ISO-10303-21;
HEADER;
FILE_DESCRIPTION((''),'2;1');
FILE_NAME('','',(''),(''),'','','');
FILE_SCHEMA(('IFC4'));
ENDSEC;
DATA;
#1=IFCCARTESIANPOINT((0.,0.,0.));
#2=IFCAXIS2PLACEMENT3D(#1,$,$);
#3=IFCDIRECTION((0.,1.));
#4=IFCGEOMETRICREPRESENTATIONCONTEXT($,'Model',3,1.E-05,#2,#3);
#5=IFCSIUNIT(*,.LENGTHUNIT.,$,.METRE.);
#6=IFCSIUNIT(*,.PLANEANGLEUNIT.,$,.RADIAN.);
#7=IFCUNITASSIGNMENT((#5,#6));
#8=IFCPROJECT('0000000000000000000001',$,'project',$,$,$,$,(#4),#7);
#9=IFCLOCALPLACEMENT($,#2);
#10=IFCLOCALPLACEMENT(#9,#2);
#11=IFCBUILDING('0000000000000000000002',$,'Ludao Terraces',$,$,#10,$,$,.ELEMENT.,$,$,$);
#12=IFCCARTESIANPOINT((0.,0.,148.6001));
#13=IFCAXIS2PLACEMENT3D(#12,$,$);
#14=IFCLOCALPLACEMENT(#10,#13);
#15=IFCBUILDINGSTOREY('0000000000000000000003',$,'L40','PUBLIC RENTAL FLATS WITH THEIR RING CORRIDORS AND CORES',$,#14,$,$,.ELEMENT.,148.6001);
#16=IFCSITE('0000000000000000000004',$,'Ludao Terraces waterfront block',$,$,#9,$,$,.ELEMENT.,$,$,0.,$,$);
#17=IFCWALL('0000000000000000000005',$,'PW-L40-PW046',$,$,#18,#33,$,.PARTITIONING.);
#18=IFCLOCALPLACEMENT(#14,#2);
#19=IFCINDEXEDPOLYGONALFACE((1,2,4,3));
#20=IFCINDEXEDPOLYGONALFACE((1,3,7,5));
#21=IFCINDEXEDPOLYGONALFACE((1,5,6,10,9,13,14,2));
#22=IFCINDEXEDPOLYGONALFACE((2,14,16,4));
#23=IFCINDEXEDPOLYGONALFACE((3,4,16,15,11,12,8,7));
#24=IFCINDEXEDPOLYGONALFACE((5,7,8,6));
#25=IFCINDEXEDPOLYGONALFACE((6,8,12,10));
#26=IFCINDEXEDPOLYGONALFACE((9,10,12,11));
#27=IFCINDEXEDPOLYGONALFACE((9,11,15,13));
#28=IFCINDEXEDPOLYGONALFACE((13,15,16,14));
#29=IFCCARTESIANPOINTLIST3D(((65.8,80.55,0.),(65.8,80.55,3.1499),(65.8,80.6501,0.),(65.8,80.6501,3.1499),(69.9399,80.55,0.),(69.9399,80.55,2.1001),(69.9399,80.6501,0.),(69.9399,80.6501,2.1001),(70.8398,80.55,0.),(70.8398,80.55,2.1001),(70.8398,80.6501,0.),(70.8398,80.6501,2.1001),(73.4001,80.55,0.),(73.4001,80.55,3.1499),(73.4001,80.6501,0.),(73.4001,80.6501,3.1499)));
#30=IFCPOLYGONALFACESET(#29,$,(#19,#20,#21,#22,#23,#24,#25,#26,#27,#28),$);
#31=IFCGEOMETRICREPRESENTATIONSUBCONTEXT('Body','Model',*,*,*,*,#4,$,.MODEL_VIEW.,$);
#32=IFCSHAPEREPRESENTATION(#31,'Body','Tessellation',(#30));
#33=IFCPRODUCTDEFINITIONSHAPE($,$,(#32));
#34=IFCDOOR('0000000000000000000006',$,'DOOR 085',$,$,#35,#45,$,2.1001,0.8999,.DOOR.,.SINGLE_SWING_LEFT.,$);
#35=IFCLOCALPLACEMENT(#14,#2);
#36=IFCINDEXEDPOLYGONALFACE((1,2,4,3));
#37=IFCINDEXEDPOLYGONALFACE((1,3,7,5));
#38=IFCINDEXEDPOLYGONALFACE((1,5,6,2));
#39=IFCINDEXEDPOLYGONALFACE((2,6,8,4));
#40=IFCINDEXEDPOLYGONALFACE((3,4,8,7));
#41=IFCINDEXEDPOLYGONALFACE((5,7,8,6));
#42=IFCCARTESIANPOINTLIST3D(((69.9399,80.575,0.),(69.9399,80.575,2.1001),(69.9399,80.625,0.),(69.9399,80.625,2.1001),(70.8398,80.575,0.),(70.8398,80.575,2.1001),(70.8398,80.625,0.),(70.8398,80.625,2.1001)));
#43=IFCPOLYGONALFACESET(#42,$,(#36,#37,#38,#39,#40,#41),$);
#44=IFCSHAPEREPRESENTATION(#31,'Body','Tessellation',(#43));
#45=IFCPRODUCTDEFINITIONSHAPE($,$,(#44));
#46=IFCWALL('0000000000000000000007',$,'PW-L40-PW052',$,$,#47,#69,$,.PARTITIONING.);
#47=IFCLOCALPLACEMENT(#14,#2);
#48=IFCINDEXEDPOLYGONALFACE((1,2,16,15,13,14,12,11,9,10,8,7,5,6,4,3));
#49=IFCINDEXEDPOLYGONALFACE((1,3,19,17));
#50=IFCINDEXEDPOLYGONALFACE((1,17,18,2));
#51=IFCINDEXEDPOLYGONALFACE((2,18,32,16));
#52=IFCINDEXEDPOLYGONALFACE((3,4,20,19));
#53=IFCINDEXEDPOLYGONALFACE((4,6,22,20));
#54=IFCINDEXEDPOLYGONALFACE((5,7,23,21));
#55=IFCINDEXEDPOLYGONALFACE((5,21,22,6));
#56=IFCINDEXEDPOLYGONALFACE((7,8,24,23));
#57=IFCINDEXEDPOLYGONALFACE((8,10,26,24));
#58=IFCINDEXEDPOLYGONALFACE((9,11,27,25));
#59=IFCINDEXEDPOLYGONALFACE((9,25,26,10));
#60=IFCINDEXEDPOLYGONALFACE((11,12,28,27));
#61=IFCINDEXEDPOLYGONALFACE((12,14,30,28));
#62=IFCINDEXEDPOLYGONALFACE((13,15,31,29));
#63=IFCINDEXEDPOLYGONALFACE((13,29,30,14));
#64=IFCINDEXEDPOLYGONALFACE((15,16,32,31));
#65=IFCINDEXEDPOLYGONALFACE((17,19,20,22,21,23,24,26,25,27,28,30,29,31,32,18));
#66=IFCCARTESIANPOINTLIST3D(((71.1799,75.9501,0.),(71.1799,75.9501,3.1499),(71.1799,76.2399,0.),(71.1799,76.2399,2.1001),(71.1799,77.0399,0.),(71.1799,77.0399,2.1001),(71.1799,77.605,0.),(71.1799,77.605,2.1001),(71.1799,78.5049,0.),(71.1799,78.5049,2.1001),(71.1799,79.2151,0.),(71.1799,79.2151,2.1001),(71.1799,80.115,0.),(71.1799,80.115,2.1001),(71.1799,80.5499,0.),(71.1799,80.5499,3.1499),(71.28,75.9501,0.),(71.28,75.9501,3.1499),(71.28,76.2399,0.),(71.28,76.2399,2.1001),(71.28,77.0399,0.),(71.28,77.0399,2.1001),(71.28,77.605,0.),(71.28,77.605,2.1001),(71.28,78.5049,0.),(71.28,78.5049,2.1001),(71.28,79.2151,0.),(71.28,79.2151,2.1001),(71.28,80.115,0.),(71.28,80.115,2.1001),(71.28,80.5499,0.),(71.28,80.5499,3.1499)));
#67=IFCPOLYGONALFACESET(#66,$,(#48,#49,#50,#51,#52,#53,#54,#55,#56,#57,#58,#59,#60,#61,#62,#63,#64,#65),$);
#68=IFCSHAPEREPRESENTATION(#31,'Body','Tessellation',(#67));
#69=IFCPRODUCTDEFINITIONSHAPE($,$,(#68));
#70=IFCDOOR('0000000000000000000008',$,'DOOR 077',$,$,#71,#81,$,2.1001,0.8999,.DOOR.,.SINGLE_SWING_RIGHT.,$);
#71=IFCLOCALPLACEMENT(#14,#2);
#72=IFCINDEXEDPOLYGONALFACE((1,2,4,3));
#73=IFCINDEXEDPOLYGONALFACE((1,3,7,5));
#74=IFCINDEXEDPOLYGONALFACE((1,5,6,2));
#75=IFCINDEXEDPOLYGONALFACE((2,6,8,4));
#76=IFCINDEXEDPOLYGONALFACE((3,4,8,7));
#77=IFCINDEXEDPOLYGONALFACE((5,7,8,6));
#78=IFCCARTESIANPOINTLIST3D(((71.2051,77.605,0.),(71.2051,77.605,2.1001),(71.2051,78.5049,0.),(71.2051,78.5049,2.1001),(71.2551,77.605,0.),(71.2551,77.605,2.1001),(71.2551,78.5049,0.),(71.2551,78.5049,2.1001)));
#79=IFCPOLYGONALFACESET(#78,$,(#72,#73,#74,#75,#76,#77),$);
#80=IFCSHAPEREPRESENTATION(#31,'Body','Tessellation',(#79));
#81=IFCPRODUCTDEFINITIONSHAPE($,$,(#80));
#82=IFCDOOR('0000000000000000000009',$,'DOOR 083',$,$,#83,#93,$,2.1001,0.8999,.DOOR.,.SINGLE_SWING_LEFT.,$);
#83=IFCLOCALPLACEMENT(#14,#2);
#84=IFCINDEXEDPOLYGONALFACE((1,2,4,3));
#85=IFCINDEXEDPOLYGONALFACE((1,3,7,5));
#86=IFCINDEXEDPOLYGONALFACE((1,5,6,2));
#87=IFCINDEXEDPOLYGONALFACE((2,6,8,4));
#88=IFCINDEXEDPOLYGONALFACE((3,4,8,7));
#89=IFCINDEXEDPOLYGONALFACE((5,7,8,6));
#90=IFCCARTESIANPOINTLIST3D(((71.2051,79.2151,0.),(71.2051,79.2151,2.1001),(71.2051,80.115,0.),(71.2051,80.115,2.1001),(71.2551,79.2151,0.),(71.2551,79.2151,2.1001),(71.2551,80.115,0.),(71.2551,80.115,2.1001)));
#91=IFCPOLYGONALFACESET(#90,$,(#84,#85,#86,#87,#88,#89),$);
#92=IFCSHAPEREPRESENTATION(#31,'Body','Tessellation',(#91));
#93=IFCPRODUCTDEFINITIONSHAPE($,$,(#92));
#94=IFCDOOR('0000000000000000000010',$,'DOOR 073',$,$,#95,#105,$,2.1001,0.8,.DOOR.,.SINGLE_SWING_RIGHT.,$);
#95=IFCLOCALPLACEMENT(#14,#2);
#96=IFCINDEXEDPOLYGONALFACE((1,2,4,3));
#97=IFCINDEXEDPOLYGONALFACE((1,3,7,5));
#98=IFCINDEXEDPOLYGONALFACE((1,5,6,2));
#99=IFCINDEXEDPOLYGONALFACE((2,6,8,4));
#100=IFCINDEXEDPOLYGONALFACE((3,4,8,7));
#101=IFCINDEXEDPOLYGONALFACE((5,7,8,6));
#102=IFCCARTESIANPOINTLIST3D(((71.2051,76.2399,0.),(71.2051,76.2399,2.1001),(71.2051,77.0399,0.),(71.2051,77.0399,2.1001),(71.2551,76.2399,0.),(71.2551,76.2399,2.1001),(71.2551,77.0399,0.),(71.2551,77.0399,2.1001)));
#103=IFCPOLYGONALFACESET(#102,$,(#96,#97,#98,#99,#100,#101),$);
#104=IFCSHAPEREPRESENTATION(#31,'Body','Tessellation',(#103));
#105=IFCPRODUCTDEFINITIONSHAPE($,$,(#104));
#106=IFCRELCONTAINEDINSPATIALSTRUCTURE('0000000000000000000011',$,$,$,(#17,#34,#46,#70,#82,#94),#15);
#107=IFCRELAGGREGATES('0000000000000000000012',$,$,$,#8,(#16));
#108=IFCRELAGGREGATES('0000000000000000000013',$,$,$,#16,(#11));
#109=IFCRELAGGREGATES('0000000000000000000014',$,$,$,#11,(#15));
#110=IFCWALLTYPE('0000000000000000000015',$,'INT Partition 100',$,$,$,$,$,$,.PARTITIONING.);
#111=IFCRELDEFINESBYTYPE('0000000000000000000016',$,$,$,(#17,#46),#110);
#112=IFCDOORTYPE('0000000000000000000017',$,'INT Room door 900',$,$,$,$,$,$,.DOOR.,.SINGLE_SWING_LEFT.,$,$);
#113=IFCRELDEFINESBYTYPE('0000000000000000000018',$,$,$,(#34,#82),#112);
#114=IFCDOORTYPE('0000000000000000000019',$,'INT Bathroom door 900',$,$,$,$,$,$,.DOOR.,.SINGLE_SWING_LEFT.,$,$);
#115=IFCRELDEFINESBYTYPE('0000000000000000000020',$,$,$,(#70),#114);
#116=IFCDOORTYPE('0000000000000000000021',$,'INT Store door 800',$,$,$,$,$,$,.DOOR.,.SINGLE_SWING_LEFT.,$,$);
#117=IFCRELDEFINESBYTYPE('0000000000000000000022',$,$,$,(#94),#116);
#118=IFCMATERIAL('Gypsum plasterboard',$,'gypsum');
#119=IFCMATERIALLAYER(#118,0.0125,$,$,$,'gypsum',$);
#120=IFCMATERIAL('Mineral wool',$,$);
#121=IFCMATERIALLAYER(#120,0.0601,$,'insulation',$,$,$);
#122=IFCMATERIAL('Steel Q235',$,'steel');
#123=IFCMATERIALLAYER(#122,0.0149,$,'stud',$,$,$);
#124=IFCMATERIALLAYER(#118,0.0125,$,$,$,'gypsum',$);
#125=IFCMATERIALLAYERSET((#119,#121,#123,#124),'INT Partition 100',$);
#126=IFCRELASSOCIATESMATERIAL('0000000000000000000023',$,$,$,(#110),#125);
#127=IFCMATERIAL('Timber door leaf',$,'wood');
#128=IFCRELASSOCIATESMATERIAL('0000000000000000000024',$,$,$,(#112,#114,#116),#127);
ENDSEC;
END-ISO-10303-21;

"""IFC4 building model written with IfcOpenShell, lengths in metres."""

from ifc_helpers import new_model, si_unit, direction, frame, frame_2d, origin, place, context, subcontext, project, spatial, rectangle, extrude, material, layer, layer_set, type_object, element, fill, save


model = new_model("IFC4")

# Units and contexts
model_context = context("Model", 3, precision=1e-05, world=origin(), true_north=direction((0.0, 1.0)))
body_context = subcontext(model_context, "Body", "Model", "MODEL_VIEW")
ifc_project = project(units=[si_unit("LENGTHUNIT", "METRE"), si_unit("PLANEANGLEUNIT", "RADIAN")], contexts=[model_context])

# Site, building, storey
site_placement = place(None, origin())
site = spatial("IfcSite", under=ifc_project, at=site_placement, Name="Ludao Terraces waterfront block", CompositionType="ELEMENT", RefElevation=0.0)
building_placement = place(site_placement, origin())
building = spatial("IfcBuilding", under=site, at=building_placement, Name="Ludao Terraces", CompositionType="ELEMENT")
storey_placement = place(building_placement, frame((0.0, 0.0, 148.6001)))
storey = spatial("IfcBuildingStorey", under=building, at=storey_placement, Name="L40", Description="PUBLIC RENTAL FLATS WITH THEIR RING CORRIDORS AND CORES", CompositionType="ELEMENT", Elevation=148.6001)

# Shared definitions
ifc_material_1 = material(Name="Mineral wool")

# Shared definitions
ifc_material_2 = material(Name="Gypsum plasterboard", Category="gypsum")
ifc_layer_1 = layer(ifc_material_2, 0.0125, Category="gypsum")
ifc_layer_2 = layer(ifc_material_1, 0.0601, Name="insulation")
ifc_material_3 = material(Name="Steel Q235", Category="steel")
ifc_layer_3 = layer(ifc_material_3, 0.0149, Name="stud")
ifc_layer_4 = layer(ifc_material_2, 0.0125, Category="gypsum")
ifc_layer_set_1 = layer_set([ifc_layer_1, ifc_layer_2, ifc_layer_3, ifc_layer_4], Name="INT Partition 100")
wall_type_1 = type_object("IfcWallType", Name="INT Partition 100", PredefinedType="PARTITIONING", material=ifc_layer_set_1)

# Wall, opening, door
wall_1_placement = place(storey_placement, frame((65.8, 80.6001, 0.0), z_axis=(0.0, 0.0, 1.0), x_axis=(1.0, 0.0, 0.0)))
wall_1 = element("IfcWall", 1, at=wall_1_placement, inside=storey, type_object=wall_type_1, Name="PW-L40-PW046", PredefinedType="PARTITIONING", context=body_context, shape_type="SweptSolid", body=[
    extrude(rectangle(XDim=7.6001, YDim=0.1001, at=frame_2d((3.8, 0.0))), origin(), (0.0, 0.0, 1.0), 3.1499),
])
opening_1_placement = place(wall_1_placement, frame((4.1399, 0.0, 0.0)))
opening_1 = element("IfcOpeningElement", 2, at=opening_1_placement, cuts=wall_1, PredefinedType="OPENING", context=body_context, shape_type="SweptSolid", body=[
    extrude(rectangle(XDim=0.8999, YDim=2.1001, at=frame_2d((0.45, 1.05))), frame((0.0, 0.0601, 0.0), z_axis=(0.0, -1.0, 0.0), x_axis=(1.0, 0.0, 0.0)), (0.0, 0.0, 1.0), 0.1201),
])
ifc_material_4 = material(Name="Timber door leaf", Category="wood")
door_type_1 = type_object("IfcDoorType", Name="INT Room door 900", OperationType="SINGLE_SWING_LEFT", PredefinedType="DOOR", material=ifc_material_4)
door_1_placement = place(opening_1_placement, origin())
door_1 = element("IfcDoor", 3, at=door_1_placement, inside=storey, type_object=door_type_1, Name="DOOR 085", OperationType="SINGLE_SWING_LEFT", OverallHeight=2.1001, OverallWidth=0.8999, PredefinedType="DOOR", context=body_context, shape_type="SweptSolid", body=[
    extrude(rectangle(XDim=0.8999, YDim=2.1001, at=frame_2d((0.45, 1.05))), frame((0.0, 0.0249, 0.0), z_axis=(0.0, -1.0, 0.0), x_axis=(1.0, 0.0, 0.0)), (0.0, 0.0, 1.0), 0.05),
])
fill(opening_1, door_1)

# Wall, openings, doors
wall_2_placement = place(storey_placement, frame((71.23, 75.9502, 0.0), z_axis=(0.0, 0.0, 1.0), x_axis=(0.0, 1.0, 0.0)))
wall_2 = element("IfcWall", 4, at=wall_2_placement, inside=storey, type_object=wall_type_1, Name="PW-L40-PW052", PredefinedType="PARTITIONING", context=body_context, shape_type="SweptSolid", body=[
    extrude(rectangle(XDim=4.5999, YDim=0.1001, at=frame_2d((2.2998, 0.0))), origin(), (0.0, 0.0, 1.0), 3.1499),
])
opening_2_placement = place(wall_2_placement, frame((0.2898, 0.0, 0.0)))
opening_2 = element("IfcOpeningElement", 5, at=opening_2_placement, cuts=wall_2, PredefinedType="OPENING", context=body_context, shape_type="SweptSolid", body=[
    extrude(rectangle(XDim=0.8, YDim=2.1001, at=frame_2d((0.3999, 1.05))), frame((0.0, 0.0601, 0.0), z_axis=(0.0, -1.0, 0.0), x_axis=(1.0, 0.0, 0.0)), (0.0, 0.0, 1.0), 0.1201),
])
opening_3_placement = place(wall_2_placement, frame((1.6548, 0.0, 0.0)))
opening_3 = element("IfcOpeningElement", 6, at=opening_3_placement, cuts=wall_2, PredefinedType="OPENING", context=body_context, shape_type="SweptSolid", body=[
    extrude(rectangle(XDim=0.8999, YDim=2.1001, at=frame_2d((0.45, 1.05))), frame((0.0, 0.0601, 0.0), z_axis=(0.0, -1.0, 0.0), x_axis=(1.0, 0.0, 0.0)), (0.0, 0.0, 1.0), 0.1201),
])
opening_4_placement = place(wall_2_placement, frame((3.2649, 0.0, 0.0)))
opening_4 = element("IfcOpeningElement", 7, at=opening_4_placement, cuts=wall_2, PredefinedType="OPENING", context=body_context, shape_type="SweptSolid", body=[
    extrude(rectangle(XDim=0.8999, YDim=2.1001, at=frame_2d((0.45, 1.05))), frame((0.0, 0.0601, 0.0), z_axis=(0.0, -1.0, 0.0), x_axis=(1.0, 0.0, 0.0)), (0.0, 0.0, 1.0), 0.1201),
])
door_type_2 = type_object("IfcDoorType", Name="INT Bathroom door 900", OperationType="SINGLE_SWING_LEFT", PredefinedType="DOOR", material=ifc_material_4)
door_2_placement = place(opening_3_placement, origin())
door_2 = element("IfcDoor", 8, at=door_2_placement, inside=storey, type_object=door_type_2, Name="DOOR 077", OperationType="SINGLE_SWING_RIGHT", OverallHeight=2.1001, OverallWidth=0.8999, PredefinedType="DOOR", context=body_context, shape_type="SweptSolid", body=[
    extrude(rectangle(XDim=0.8999, YDim=2.1001, at=frame_2d((0.45, 1.05))), frame((0.0, 0.0249, 0.0), z_axis=(0.0, -1.0, 0.0), x_axis=(1.0, 0.0, 0.0)), (0.0, 0.0, 1.0), 0.05),
])
fill(opening_3, door_2)
door_3_placement = place(opening_4_placement, origin())
door_3 = element("IfcDoor", 9, at=door_3_placement, inside=storey, type_object=door_type_1, Name="DOOR 083", OperationType="SINGLE_SWING_LEFT", OverallHeight=2.1001, OverallWidth=0.8999, PredefinedType="DOOR", context=body_context, shape_type="SweptSolid", body=[
    extrude(rectangle(XDim=0.8999, YDim=2.1001, at=frame_2d((0.45, 1.05))), frame((0.0, 0.0249, 0.0), z_axis=(0.0, -1.0, 0.0), x_axis=(1.0, 0.0, 0.0)), (0.0, 0.0, 1.0), 0.05),
])
fill(opening_4, door_3)
door_type_3 = type_object("IfcDoorType", Name="INT Store door 800", OperationType="SINGLE_SWING_LEFT", PredefinedType="DOOR", material=ifc_material_4)
door_4_placement = place(opening_2_placement, origin())
door_4 = element("IfcDoor", 10, at=door_4_placement, inside=storey, type_object=door_type_3, Name="DOOR 073", OperationType="SINGLE_SWING_RIGHT", OverallHeight=2.1001, OverallWidth=0.8, PredefinedType="DOOR", context=body_context, shape_type="SweptSolid", body=[
    extrude(rectangle(XDim=0.8, YDim=2.1001, at=frame_2d((0.3999, 1.05))), frame((0.0, 0.0249, 0.0), z_axis=(0.0, -1.0, 0.0), x_axis=(1.0, 0.0, 0.0)), (0.0, 0.0, 1.0), 0.05),
])
fill(opening_2, door_4)

save(model, "model.ifc")
